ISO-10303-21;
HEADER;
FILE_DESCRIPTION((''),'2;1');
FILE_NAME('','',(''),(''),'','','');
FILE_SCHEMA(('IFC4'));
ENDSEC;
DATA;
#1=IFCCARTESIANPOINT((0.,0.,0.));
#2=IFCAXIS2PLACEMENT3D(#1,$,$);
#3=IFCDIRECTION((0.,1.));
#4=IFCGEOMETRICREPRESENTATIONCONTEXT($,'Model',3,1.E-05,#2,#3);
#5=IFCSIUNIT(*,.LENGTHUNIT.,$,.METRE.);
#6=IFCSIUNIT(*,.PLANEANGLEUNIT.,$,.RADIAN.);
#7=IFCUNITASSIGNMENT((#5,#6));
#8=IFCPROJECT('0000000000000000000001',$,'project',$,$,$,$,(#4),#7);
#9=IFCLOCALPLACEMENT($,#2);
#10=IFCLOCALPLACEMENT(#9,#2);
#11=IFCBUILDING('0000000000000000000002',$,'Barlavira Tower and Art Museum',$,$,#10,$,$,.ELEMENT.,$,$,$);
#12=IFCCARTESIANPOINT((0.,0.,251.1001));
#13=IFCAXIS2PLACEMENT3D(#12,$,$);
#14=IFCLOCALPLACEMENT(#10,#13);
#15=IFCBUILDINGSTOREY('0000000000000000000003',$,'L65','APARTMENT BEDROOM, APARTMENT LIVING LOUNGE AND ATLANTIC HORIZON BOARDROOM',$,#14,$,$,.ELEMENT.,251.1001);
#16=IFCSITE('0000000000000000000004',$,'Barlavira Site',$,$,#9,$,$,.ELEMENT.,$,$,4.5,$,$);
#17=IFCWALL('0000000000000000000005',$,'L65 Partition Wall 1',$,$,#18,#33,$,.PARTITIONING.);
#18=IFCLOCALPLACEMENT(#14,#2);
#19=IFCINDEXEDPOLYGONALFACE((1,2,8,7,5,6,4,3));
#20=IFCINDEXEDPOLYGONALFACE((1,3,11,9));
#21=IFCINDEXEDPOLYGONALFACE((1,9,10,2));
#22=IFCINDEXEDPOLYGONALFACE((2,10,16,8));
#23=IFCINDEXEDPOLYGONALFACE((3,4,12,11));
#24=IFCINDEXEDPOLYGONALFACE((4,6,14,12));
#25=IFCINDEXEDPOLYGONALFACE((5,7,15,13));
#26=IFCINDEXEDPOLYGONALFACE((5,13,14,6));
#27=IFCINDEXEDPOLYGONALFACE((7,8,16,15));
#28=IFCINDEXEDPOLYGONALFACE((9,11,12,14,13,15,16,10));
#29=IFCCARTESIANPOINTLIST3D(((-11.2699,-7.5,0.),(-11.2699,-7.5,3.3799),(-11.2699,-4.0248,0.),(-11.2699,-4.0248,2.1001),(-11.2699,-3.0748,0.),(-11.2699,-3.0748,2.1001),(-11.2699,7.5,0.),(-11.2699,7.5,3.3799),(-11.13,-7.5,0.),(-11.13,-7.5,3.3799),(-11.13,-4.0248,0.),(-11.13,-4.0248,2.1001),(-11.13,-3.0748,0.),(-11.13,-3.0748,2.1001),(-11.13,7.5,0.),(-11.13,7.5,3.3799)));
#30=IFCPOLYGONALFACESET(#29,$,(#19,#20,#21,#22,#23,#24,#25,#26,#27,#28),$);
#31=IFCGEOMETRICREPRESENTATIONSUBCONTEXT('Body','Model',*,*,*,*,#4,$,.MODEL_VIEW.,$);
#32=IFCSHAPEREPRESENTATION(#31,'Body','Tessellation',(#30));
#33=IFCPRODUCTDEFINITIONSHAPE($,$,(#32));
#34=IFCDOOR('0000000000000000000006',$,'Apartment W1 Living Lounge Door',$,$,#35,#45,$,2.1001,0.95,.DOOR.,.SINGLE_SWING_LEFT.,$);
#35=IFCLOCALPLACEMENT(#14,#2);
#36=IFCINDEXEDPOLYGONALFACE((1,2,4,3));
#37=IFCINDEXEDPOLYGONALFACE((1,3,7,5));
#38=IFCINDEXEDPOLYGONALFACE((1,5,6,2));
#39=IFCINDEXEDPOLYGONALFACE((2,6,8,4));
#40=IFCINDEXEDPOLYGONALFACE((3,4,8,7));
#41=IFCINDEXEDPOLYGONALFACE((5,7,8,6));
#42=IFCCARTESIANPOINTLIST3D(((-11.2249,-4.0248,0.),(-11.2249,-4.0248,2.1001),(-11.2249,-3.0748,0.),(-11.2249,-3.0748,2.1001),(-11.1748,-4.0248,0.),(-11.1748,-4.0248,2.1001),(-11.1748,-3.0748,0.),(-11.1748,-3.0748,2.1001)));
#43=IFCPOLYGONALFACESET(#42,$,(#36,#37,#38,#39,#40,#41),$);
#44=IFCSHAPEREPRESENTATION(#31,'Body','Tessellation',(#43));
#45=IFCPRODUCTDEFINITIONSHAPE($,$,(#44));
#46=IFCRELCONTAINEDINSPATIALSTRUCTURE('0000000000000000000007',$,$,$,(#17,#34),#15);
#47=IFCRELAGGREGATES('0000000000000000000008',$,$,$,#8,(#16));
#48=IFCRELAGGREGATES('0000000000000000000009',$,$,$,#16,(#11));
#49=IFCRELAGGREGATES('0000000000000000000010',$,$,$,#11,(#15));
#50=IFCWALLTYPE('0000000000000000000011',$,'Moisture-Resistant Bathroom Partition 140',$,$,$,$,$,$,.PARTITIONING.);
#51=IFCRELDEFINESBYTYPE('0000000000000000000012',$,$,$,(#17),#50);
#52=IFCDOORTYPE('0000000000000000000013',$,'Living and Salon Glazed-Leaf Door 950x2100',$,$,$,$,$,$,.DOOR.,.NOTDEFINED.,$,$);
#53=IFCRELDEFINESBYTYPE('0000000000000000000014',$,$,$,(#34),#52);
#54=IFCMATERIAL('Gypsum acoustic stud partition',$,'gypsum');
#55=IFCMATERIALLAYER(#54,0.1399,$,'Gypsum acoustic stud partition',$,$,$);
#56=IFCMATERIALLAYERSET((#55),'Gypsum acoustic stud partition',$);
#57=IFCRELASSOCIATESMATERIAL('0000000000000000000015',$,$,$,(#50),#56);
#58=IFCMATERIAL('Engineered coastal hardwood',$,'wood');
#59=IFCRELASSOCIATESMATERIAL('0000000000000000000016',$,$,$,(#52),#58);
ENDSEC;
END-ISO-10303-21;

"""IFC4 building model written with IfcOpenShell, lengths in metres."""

from ifc_helpers import new_model, si_unit, direction, frame, frame_2d, origin, place, context, subcontext, project, spatial, rectangle, extrude, material, layer, layer_set, type_object, element, fill, save


model = new_model("IFC4")

# Units and contexts
model_context = context("Model", 3, precision=1e-05, world=origin(), true_north=direction((0.0, 1.0)))
body_context = subcontext(model_context, "Body", "Model", "MODEL_VIEW")
ifc_project = project(units=[si_unit("LENGTHUNIT", "METRE"), si_unit("PLANEANGLEUNIT", "RADIAN")], contexts=[model_context])

# Site, building, storey
site_placement = place(None, origin())
site = spatial("IfcSite", under=ifc_project, at=site_placement, Name="Barlavira Site", CompositionType="ELEMENT", RefElevation=4.5)
building_placement = place(site_placement, origin())
building = spatial("IfcBuilding", under=site, at=building_placement, Name="Barlavira Tower and Art Museum", CompositionType="ELEMENT")
storey_placement = place(building_placement, frame((0.0, 0.0, 251.1001)))
storey = spatial("IfcBuildingStorey", under=building, at=storey_placement, Name="L65", Description="APARTMENT BEDROOM, APARTMENT LIVING LOUNGE AND ATLANTIC HORIZON BOARDROOM", CompositionType="ELEMENT", Elevation=251.1001)

# Shared definitions
ifc_material_1 = material(Name="Gypsum acoustic stud partition", Category="gypsum")
ifc_material_2 = material(Name="Engineered coastal hardwood", Category="wood")

# Wall, opening, door
ifc_layer_1 = layer(ifc_material_1, 0.1399, Name="Gypsum acoustic stud partition")
ifc_layer_set_1 = layer_set([ifc_layer_1], Name="Gypsum acoustic stud partition")
wall_type_1 = type_object("IfcWallType", Name="Moisture-Resistant Bathroom Partition 140", PredefinedType="PARTITIONING", material=ifc_layer_set_1)
wall_1_placement = place(storey_placement, frame((-11.2, -7.5, 0.0), z_axis=(0.0, 0.0, 1.0), x_axis=(0.0, 1.0, 0.0)))
wall_1 = element("IfcWall", 1, at=wall_1_placement, inside=storey, type_object=wall_type_1, Name="L65 Partition Wall 1", PredefinedType="PARTITIONING", context=body_context, shape_type="SweptSolid", body=[
    extrude(rectangle(XDim=15.0, YDim=0.1399, at=frame_2d((7.5, 0.0))), origin(), (0.0, 0.0, 1.0), 3.3799),
])
opening_1_placement = place(wall_1_placement, frame((3.4751, 0.0, 0.0)))
opening_1 = element("IfcOpeningElement", 2, at=opening_1_placement, cuts=wall_1, PredefinedType="OPENING", context=body_context, shape_type="SweptSolid", body=[
    extrude(rectangle(XDim=0.95, YDim=2.1001, at=frame_2d((0.4751, 1.05))), frame((0.0, 0.0801, 0.0), z_axis=(0.0, -1.0, 0.0), x_axis=(1.0, 0.0, 0.0)), (0.0, 0.0, 1.0), 0.1599),
])
door_type_1 = type_object("IfcDoorType", Name="Living and Salon Glazed-Leaf Door 950x2100", OperationType="NOTDEFINED", PredefinedType="DOOR", material=ifc_material_2)
door_1_placement = place(opening_1_placement, origin())
door_1 = element("IfcDoor", 3, at=door_1_placement, inside=storey, type_object=door_type_1, Name="Apartment W1 Living Lounge Door", OperationType="SINGLE_SWING_LEFT", OverallHeight=2.1001, OverallWidth=0.95, PredefinedType="DOOR", context=body_context, shape_type="SweptSolid", body=[
    extrude(rectangle(XDim=0.95, YDim=2.1001, at=frame_2d((0.4751, 1.05))), frame((0.0, 0.0249, 0.0), z_axis=(0.0, -1.0, 0.0), x_axis=(1.0, 0.0, 0.0)), (0.0, 0.0, 1.0), 0.05),
])
fill(opening_1, door_1)

save(model, "model.ifc")
